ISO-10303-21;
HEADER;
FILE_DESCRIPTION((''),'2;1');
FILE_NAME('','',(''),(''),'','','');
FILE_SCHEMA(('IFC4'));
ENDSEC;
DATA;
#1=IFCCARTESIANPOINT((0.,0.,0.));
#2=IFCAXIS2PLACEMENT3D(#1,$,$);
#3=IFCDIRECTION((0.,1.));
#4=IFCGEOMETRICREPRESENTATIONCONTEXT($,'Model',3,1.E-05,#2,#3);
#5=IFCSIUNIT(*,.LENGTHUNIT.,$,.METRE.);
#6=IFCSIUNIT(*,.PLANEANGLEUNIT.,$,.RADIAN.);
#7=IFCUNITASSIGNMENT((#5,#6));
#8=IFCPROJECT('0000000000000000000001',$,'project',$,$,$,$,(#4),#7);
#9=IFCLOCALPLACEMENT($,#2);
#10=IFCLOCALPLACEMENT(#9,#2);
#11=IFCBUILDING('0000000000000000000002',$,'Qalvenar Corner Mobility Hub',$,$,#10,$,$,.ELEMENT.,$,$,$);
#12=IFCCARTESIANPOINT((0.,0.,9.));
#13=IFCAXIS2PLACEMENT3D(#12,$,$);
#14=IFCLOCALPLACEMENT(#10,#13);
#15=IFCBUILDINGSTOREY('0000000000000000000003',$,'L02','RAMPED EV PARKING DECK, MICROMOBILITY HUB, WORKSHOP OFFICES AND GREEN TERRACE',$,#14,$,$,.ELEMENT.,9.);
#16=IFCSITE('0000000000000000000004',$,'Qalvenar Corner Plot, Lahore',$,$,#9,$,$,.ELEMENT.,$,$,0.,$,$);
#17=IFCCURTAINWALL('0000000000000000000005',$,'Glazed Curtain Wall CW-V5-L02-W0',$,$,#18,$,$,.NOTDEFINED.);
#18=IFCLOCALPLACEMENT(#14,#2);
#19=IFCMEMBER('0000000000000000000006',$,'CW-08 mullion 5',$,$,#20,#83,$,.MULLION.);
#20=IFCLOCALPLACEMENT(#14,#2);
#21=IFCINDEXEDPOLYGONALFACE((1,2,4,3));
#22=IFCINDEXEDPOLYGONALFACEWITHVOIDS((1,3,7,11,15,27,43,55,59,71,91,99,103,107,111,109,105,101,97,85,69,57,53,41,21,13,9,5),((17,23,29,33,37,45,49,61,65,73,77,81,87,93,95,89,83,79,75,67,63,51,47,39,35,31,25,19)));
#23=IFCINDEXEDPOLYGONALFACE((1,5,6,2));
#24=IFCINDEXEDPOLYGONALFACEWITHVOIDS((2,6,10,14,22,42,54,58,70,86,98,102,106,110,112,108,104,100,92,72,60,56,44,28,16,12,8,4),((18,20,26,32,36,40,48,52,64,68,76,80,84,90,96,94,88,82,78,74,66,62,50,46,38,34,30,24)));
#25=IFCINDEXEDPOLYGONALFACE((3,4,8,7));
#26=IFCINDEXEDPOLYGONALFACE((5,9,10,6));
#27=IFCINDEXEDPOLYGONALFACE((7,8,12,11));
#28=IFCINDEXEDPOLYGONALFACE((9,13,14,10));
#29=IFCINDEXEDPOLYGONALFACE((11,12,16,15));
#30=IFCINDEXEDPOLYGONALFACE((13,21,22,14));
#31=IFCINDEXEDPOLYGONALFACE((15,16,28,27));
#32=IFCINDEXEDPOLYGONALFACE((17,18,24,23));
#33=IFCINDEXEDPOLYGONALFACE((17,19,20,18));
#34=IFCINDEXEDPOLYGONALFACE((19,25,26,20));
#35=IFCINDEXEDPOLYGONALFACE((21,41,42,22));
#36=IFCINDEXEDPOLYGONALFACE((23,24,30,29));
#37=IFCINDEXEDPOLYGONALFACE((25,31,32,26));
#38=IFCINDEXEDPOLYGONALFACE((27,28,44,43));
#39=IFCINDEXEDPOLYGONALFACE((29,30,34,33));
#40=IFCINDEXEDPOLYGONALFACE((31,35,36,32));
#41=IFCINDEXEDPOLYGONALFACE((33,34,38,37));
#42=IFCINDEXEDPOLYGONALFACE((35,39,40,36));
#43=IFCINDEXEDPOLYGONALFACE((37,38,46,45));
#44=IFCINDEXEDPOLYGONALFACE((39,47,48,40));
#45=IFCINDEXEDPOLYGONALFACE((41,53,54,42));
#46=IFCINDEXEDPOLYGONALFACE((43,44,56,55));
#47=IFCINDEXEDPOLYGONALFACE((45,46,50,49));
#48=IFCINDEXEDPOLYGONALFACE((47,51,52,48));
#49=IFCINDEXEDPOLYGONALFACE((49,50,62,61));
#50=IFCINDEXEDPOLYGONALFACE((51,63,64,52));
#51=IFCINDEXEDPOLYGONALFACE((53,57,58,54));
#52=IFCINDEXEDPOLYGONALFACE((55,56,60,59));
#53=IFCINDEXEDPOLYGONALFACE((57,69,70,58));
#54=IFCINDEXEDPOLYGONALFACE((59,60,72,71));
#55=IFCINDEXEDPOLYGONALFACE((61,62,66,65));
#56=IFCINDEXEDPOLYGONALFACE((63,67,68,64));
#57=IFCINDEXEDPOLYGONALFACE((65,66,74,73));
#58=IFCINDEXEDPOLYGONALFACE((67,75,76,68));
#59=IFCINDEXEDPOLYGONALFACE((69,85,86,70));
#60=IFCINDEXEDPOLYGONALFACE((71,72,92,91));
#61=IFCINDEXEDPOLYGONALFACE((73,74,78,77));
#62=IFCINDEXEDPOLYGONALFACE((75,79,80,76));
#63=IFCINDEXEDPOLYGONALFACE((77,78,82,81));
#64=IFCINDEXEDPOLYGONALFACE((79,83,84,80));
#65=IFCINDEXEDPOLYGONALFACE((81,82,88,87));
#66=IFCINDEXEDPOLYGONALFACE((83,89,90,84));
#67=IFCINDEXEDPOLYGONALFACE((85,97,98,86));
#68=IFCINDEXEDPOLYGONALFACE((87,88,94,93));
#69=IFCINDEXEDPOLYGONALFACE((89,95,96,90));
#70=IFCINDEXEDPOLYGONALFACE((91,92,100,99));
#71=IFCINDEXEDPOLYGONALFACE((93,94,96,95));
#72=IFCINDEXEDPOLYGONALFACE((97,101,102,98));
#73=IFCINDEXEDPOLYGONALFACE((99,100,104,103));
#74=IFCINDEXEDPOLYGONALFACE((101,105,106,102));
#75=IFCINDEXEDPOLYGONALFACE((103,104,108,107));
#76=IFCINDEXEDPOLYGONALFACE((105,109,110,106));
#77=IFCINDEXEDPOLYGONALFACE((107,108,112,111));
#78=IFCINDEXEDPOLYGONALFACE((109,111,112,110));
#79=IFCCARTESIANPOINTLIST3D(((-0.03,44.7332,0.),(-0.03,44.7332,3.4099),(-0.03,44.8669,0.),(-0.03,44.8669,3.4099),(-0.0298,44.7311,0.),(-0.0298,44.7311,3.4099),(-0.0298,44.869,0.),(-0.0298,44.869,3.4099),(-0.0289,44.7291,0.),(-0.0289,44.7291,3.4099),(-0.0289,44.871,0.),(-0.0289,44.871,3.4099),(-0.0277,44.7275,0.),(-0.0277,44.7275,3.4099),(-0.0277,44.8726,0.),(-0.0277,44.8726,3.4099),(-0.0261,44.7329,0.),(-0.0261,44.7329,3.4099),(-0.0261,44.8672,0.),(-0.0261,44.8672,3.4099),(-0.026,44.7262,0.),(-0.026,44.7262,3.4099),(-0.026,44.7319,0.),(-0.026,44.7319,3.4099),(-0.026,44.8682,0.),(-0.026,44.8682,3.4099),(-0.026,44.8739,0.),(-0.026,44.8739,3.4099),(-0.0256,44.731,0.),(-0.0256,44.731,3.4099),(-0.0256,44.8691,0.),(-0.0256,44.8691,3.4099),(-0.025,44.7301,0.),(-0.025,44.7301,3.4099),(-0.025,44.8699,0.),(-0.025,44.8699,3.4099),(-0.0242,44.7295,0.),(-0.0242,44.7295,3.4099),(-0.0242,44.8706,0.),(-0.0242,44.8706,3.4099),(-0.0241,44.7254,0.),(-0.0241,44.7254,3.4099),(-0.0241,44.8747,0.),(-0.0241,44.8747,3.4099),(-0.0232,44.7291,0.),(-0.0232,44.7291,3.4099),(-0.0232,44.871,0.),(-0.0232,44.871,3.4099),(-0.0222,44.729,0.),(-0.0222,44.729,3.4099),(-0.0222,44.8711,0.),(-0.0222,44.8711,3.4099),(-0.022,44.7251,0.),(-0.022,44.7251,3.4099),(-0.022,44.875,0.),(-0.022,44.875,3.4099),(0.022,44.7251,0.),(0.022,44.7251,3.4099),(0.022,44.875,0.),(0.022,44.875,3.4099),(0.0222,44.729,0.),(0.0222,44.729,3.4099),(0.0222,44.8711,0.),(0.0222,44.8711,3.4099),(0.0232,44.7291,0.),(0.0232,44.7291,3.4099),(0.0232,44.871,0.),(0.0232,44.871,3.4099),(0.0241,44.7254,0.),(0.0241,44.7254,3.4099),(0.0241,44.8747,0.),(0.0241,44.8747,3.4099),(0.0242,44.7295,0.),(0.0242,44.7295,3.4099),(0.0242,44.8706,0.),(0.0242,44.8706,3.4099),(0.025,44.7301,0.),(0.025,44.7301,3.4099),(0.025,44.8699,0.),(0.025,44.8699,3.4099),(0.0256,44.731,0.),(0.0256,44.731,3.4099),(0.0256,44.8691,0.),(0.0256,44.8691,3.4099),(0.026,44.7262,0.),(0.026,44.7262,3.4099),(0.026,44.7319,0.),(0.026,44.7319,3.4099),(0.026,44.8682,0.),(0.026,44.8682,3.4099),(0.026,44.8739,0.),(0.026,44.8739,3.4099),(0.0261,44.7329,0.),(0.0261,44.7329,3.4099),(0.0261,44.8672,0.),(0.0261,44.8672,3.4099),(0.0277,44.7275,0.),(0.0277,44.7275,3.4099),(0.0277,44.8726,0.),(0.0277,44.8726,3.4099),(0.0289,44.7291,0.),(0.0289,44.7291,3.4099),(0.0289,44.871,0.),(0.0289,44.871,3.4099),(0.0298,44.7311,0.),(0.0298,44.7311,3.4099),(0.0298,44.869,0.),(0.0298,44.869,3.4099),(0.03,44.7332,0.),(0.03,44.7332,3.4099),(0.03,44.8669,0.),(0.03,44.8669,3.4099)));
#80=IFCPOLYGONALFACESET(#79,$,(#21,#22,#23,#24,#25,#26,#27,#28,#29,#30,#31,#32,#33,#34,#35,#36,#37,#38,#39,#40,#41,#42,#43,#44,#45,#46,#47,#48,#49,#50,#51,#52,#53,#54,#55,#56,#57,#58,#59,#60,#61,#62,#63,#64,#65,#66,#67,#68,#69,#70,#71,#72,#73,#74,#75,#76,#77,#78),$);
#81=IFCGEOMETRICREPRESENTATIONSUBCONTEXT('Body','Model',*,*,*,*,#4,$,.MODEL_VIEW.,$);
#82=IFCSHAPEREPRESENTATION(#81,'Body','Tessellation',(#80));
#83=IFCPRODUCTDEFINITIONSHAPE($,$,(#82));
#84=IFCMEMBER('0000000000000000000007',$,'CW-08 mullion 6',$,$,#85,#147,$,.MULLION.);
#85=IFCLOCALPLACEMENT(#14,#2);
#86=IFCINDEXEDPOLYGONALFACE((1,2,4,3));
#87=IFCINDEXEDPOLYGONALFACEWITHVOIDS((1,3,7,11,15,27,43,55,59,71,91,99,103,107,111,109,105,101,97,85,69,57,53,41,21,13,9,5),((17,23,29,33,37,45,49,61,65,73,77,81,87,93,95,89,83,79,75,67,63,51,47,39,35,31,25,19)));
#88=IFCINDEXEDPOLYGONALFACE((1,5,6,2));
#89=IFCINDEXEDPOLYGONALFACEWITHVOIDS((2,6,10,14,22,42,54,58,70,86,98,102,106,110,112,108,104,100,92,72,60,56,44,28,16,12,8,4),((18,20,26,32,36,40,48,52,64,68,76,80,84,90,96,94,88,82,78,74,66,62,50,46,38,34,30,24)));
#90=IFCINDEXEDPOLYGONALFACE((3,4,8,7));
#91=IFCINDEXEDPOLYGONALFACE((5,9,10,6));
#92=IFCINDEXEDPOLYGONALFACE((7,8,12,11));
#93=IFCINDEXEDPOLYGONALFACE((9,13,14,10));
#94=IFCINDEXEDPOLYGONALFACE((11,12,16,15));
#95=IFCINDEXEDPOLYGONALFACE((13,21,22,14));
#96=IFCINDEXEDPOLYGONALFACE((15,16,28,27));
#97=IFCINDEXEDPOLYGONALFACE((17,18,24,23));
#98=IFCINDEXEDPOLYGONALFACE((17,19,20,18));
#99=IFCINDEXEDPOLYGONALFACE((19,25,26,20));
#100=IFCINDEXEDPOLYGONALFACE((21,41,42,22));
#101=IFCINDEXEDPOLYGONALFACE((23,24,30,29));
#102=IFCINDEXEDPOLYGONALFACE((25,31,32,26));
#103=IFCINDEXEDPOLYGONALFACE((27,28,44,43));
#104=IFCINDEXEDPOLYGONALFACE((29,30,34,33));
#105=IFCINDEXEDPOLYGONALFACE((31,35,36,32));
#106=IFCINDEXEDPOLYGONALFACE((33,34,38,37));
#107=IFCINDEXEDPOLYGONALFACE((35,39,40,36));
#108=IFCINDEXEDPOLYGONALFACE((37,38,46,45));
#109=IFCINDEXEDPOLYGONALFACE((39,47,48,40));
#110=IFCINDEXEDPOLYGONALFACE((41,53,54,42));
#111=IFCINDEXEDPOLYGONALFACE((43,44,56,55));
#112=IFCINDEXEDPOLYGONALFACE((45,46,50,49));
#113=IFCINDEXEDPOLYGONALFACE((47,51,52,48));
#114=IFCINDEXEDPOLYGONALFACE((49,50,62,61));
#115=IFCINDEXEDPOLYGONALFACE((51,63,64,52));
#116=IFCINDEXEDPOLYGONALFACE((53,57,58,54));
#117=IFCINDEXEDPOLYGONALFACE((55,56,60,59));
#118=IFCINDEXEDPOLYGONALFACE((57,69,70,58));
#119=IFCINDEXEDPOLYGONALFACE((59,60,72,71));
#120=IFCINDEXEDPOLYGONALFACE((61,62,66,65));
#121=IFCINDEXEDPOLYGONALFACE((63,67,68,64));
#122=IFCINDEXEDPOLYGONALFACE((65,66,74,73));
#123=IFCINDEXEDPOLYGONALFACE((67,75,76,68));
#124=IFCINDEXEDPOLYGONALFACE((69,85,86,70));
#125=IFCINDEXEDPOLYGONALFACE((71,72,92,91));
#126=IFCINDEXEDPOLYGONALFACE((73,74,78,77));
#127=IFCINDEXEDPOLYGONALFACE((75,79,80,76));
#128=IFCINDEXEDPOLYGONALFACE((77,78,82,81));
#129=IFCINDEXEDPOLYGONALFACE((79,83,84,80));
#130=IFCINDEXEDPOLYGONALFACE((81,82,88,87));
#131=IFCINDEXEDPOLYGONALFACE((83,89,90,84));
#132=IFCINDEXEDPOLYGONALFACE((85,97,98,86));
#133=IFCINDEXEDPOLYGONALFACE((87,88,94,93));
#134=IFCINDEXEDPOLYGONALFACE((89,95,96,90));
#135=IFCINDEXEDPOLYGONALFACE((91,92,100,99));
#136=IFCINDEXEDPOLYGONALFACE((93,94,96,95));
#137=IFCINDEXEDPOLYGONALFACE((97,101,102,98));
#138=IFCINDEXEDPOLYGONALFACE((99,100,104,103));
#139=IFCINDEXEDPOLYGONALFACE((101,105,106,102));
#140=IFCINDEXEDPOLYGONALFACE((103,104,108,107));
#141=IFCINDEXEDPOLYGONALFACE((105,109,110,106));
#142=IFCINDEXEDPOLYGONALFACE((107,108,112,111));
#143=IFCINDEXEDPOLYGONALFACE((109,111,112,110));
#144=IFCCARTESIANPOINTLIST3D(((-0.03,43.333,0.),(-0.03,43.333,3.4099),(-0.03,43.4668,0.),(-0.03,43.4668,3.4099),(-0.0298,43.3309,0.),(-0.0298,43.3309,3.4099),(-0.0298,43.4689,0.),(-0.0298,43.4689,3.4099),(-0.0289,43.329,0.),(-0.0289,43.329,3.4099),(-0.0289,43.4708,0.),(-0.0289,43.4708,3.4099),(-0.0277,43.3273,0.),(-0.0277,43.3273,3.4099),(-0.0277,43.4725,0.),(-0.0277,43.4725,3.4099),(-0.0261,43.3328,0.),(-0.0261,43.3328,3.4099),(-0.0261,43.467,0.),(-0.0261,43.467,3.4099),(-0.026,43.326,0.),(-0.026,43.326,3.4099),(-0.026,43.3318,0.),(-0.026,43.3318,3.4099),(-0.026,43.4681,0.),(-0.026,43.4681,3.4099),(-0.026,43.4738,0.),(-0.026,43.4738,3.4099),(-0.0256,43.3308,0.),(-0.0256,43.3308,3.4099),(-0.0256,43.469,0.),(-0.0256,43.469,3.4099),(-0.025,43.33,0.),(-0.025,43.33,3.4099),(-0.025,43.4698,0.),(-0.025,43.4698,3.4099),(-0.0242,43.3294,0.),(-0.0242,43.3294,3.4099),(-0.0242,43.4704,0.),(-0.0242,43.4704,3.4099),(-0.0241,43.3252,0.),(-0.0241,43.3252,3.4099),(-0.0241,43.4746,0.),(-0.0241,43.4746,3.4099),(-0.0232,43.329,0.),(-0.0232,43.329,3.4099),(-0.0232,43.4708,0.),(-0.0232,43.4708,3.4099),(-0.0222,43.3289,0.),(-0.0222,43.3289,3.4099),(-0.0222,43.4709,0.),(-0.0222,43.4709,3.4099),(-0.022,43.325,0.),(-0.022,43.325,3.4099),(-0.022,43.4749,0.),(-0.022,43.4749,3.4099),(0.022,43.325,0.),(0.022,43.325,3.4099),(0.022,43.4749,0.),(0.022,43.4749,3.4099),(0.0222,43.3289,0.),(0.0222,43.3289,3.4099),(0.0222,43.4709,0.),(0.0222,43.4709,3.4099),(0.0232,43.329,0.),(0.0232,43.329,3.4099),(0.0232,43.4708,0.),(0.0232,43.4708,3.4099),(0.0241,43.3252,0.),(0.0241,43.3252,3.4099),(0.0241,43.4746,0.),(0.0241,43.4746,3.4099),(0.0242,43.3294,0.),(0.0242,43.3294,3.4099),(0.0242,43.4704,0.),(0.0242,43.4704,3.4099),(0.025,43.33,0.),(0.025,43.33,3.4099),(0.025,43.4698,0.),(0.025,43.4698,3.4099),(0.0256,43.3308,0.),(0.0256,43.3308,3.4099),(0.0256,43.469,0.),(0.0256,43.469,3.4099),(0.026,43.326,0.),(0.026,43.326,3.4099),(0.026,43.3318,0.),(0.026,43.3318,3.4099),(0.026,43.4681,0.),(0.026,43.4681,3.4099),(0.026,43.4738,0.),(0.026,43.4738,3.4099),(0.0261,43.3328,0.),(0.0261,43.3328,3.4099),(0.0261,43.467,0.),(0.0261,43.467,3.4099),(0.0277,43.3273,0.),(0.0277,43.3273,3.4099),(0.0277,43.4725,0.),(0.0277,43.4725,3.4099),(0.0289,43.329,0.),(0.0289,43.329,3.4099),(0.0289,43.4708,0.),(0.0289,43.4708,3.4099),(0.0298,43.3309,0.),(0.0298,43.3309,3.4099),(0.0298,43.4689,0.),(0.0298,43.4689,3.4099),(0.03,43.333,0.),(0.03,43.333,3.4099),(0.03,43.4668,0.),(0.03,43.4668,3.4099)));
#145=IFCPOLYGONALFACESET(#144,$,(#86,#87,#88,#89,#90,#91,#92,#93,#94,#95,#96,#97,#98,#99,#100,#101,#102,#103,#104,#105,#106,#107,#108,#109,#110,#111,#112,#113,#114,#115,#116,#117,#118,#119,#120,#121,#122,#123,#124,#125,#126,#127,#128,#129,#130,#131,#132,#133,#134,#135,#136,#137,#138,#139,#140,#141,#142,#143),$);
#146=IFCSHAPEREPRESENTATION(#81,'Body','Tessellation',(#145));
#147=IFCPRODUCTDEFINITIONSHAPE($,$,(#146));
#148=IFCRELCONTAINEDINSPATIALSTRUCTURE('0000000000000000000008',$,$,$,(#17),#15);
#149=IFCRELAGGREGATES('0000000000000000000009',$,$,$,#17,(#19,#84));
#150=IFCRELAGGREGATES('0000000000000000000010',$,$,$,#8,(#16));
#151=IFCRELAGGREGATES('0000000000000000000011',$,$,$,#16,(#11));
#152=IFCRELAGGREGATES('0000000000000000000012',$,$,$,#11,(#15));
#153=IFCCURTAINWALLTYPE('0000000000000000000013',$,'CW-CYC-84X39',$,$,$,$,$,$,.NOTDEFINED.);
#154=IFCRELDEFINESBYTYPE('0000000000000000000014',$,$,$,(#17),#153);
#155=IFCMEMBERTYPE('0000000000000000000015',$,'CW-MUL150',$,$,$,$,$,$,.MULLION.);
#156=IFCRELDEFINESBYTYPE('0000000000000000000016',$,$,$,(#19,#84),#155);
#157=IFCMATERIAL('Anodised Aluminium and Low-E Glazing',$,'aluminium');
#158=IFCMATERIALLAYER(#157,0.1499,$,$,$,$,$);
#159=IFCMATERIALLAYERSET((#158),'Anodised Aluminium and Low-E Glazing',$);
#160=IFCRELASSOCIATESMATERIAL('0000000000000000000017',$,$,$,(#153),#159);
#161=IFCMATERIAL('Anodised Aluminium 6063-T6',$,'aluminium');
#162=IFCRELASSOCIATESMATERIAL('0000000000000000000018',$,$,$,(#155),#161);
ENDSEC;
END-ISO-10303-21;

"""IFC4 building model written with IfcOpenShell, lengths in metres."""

from ifc_helpers import new_model, si_unit, direction, frame, origin, origin_2d, place, context, subcontext, project, spatial, hollow_rectangle, extrude, material, layer, layer_set, material_profile, profile_set, type_object, element, aggregate, save


model = new_model("IFC4")

# Units and contexts
model_context = context("Model", 3, precision=1e-05, world=origin(), true_north=direction((0.0, 1.0)))
body_context = subcontext(model_context, "Body", "Model", "MODEL_VIEW")
ifc_project = project(units=[si_unit("LENGTHUNIT", "METRE"), si_unit("PLANEANGLEUNIT", "RADIAN")], contexts=[model_context])

# Site, building, storey
site_placement = place(None, origin())
site = spatial("IfcSite", under=ifc_project, at=site_placement, Name="Qalvenar Corner Plot, Lahore", CompositionType="ELEMENT", RefElevation=0.0)
building_placement = place(site_placement, origin())
building = spatial("IfcBuilding", under=site, at=building_placement, Name="Qalvenar Corner Mobility Hub", CompositionType="ELEMENT")
storey_placement = place(building_placement, frame((0.0, 0.0, 9.0)))
storey = spatial("IfcBuildingStorey", under=building, at=storey_placement, Name="L02", Description="RAMPED EV PARKING DECK, MICROMOBILITY HUB, WORKSHOP OFFICES AND GREEN TERRACE", CompositionType="ELEMENT", Elevation=9.0)

# Curtain wall, members
ifc_material_1 = material(Name="Anodised Aluminium and Low-E Glazing", Category="aluminium")
ifc_layer_1 = layer(ifc_material_1, 0.1499)
ifc_layer_set_1 = layer_set([ifc_layer_1], Name="Anodised Aluminium and Low-E Glazing")
curtain_wall_type = type_object("IfcCurtainWallType", Name="CW-CYC-84X39", PredefinedType="NOTDEFINED", material=ifc_layer_set_1)
curtain_wall_placement = place(storey_placement, origin())
curtain_wall = element("IfcCurtainWall", 1, at=curtain_wall_placement, inside=storey, type_object=curtain_wall_type, Name="Glazed Curtain Wall CW-V5-L02-W0", PredefinedType="NOTDEFINED")
ifc_material_2 = material(Name="Anodised Aluminium 6063-T6", Category="aluminium")
ifc_material_profile_1 = material_profile(ifc_material_2, hollow_rectangle(XDim=0.0601, YDim=0.1499, WallThickness=0.0039, InnerFilletRadius=0.0039, OuterFilletRadius=0.0081, at=origin_2d()), Name="RHS150x60x4")
ifc_profile_set_1 = profile_set([ifc_material_profile_1], Name="Anodised Aluminium 6063-T6")
member_type_1 = type_object("IfcMemberType", Name="CW-MUL150", PredefinedType="MULLION", material=ifc_profile_set_1)
member_1_placement = place(storey_placement, frame((0.0, 44.8, 0.0), z_axis=(0.0, 0.0, 1.0), x_axis=(1.0, 0.0, 0.0)))
member_1 = element("IfcMember", 2, at=member_1_placement, type_object=member_type_1, Name="CW-08 mullion 5", PredefinedType="MULLION", context=body_context, shape_type="SweptSolid", body=[
    extrude(hollow_rectangle(XDim=0.0601, YDim=0.1499, WallThickness=0.0039, InnerFilletRadius=0.0039, OuterFilletRadius=0.0081, at=origin_2d()), origin(), (0.0, 0.0, 1.0), 3.4099),
])
member_2_placement = place(storey_placement, frame((0.0, 43.3999, 0.0), z_axis=(0.0, 0.0, 1.0), x_axis=(1.0, 0.0, 0.0)))
member_2 = element("IfcMember", 3, at=member_2_placement, type_object=member_type_1, Name="CW-08 mullion 6", PredefinedType="MULLION", context=body_context, shape_type="SweptSolid", body=[
    extrude(hollow_rectangle(XDim=0.0601, YDim=0.1499, WallThickness=0.0039, InnerFilletRadius=0.0039, OuterFilletRadius=0.0081, at=origin_2d()), origin(), (0.0, 0.0, 1.0), 3.4099),
])
aggregate(curtain_wall, [member_1, member_2])

save(model, "model.ifc")
